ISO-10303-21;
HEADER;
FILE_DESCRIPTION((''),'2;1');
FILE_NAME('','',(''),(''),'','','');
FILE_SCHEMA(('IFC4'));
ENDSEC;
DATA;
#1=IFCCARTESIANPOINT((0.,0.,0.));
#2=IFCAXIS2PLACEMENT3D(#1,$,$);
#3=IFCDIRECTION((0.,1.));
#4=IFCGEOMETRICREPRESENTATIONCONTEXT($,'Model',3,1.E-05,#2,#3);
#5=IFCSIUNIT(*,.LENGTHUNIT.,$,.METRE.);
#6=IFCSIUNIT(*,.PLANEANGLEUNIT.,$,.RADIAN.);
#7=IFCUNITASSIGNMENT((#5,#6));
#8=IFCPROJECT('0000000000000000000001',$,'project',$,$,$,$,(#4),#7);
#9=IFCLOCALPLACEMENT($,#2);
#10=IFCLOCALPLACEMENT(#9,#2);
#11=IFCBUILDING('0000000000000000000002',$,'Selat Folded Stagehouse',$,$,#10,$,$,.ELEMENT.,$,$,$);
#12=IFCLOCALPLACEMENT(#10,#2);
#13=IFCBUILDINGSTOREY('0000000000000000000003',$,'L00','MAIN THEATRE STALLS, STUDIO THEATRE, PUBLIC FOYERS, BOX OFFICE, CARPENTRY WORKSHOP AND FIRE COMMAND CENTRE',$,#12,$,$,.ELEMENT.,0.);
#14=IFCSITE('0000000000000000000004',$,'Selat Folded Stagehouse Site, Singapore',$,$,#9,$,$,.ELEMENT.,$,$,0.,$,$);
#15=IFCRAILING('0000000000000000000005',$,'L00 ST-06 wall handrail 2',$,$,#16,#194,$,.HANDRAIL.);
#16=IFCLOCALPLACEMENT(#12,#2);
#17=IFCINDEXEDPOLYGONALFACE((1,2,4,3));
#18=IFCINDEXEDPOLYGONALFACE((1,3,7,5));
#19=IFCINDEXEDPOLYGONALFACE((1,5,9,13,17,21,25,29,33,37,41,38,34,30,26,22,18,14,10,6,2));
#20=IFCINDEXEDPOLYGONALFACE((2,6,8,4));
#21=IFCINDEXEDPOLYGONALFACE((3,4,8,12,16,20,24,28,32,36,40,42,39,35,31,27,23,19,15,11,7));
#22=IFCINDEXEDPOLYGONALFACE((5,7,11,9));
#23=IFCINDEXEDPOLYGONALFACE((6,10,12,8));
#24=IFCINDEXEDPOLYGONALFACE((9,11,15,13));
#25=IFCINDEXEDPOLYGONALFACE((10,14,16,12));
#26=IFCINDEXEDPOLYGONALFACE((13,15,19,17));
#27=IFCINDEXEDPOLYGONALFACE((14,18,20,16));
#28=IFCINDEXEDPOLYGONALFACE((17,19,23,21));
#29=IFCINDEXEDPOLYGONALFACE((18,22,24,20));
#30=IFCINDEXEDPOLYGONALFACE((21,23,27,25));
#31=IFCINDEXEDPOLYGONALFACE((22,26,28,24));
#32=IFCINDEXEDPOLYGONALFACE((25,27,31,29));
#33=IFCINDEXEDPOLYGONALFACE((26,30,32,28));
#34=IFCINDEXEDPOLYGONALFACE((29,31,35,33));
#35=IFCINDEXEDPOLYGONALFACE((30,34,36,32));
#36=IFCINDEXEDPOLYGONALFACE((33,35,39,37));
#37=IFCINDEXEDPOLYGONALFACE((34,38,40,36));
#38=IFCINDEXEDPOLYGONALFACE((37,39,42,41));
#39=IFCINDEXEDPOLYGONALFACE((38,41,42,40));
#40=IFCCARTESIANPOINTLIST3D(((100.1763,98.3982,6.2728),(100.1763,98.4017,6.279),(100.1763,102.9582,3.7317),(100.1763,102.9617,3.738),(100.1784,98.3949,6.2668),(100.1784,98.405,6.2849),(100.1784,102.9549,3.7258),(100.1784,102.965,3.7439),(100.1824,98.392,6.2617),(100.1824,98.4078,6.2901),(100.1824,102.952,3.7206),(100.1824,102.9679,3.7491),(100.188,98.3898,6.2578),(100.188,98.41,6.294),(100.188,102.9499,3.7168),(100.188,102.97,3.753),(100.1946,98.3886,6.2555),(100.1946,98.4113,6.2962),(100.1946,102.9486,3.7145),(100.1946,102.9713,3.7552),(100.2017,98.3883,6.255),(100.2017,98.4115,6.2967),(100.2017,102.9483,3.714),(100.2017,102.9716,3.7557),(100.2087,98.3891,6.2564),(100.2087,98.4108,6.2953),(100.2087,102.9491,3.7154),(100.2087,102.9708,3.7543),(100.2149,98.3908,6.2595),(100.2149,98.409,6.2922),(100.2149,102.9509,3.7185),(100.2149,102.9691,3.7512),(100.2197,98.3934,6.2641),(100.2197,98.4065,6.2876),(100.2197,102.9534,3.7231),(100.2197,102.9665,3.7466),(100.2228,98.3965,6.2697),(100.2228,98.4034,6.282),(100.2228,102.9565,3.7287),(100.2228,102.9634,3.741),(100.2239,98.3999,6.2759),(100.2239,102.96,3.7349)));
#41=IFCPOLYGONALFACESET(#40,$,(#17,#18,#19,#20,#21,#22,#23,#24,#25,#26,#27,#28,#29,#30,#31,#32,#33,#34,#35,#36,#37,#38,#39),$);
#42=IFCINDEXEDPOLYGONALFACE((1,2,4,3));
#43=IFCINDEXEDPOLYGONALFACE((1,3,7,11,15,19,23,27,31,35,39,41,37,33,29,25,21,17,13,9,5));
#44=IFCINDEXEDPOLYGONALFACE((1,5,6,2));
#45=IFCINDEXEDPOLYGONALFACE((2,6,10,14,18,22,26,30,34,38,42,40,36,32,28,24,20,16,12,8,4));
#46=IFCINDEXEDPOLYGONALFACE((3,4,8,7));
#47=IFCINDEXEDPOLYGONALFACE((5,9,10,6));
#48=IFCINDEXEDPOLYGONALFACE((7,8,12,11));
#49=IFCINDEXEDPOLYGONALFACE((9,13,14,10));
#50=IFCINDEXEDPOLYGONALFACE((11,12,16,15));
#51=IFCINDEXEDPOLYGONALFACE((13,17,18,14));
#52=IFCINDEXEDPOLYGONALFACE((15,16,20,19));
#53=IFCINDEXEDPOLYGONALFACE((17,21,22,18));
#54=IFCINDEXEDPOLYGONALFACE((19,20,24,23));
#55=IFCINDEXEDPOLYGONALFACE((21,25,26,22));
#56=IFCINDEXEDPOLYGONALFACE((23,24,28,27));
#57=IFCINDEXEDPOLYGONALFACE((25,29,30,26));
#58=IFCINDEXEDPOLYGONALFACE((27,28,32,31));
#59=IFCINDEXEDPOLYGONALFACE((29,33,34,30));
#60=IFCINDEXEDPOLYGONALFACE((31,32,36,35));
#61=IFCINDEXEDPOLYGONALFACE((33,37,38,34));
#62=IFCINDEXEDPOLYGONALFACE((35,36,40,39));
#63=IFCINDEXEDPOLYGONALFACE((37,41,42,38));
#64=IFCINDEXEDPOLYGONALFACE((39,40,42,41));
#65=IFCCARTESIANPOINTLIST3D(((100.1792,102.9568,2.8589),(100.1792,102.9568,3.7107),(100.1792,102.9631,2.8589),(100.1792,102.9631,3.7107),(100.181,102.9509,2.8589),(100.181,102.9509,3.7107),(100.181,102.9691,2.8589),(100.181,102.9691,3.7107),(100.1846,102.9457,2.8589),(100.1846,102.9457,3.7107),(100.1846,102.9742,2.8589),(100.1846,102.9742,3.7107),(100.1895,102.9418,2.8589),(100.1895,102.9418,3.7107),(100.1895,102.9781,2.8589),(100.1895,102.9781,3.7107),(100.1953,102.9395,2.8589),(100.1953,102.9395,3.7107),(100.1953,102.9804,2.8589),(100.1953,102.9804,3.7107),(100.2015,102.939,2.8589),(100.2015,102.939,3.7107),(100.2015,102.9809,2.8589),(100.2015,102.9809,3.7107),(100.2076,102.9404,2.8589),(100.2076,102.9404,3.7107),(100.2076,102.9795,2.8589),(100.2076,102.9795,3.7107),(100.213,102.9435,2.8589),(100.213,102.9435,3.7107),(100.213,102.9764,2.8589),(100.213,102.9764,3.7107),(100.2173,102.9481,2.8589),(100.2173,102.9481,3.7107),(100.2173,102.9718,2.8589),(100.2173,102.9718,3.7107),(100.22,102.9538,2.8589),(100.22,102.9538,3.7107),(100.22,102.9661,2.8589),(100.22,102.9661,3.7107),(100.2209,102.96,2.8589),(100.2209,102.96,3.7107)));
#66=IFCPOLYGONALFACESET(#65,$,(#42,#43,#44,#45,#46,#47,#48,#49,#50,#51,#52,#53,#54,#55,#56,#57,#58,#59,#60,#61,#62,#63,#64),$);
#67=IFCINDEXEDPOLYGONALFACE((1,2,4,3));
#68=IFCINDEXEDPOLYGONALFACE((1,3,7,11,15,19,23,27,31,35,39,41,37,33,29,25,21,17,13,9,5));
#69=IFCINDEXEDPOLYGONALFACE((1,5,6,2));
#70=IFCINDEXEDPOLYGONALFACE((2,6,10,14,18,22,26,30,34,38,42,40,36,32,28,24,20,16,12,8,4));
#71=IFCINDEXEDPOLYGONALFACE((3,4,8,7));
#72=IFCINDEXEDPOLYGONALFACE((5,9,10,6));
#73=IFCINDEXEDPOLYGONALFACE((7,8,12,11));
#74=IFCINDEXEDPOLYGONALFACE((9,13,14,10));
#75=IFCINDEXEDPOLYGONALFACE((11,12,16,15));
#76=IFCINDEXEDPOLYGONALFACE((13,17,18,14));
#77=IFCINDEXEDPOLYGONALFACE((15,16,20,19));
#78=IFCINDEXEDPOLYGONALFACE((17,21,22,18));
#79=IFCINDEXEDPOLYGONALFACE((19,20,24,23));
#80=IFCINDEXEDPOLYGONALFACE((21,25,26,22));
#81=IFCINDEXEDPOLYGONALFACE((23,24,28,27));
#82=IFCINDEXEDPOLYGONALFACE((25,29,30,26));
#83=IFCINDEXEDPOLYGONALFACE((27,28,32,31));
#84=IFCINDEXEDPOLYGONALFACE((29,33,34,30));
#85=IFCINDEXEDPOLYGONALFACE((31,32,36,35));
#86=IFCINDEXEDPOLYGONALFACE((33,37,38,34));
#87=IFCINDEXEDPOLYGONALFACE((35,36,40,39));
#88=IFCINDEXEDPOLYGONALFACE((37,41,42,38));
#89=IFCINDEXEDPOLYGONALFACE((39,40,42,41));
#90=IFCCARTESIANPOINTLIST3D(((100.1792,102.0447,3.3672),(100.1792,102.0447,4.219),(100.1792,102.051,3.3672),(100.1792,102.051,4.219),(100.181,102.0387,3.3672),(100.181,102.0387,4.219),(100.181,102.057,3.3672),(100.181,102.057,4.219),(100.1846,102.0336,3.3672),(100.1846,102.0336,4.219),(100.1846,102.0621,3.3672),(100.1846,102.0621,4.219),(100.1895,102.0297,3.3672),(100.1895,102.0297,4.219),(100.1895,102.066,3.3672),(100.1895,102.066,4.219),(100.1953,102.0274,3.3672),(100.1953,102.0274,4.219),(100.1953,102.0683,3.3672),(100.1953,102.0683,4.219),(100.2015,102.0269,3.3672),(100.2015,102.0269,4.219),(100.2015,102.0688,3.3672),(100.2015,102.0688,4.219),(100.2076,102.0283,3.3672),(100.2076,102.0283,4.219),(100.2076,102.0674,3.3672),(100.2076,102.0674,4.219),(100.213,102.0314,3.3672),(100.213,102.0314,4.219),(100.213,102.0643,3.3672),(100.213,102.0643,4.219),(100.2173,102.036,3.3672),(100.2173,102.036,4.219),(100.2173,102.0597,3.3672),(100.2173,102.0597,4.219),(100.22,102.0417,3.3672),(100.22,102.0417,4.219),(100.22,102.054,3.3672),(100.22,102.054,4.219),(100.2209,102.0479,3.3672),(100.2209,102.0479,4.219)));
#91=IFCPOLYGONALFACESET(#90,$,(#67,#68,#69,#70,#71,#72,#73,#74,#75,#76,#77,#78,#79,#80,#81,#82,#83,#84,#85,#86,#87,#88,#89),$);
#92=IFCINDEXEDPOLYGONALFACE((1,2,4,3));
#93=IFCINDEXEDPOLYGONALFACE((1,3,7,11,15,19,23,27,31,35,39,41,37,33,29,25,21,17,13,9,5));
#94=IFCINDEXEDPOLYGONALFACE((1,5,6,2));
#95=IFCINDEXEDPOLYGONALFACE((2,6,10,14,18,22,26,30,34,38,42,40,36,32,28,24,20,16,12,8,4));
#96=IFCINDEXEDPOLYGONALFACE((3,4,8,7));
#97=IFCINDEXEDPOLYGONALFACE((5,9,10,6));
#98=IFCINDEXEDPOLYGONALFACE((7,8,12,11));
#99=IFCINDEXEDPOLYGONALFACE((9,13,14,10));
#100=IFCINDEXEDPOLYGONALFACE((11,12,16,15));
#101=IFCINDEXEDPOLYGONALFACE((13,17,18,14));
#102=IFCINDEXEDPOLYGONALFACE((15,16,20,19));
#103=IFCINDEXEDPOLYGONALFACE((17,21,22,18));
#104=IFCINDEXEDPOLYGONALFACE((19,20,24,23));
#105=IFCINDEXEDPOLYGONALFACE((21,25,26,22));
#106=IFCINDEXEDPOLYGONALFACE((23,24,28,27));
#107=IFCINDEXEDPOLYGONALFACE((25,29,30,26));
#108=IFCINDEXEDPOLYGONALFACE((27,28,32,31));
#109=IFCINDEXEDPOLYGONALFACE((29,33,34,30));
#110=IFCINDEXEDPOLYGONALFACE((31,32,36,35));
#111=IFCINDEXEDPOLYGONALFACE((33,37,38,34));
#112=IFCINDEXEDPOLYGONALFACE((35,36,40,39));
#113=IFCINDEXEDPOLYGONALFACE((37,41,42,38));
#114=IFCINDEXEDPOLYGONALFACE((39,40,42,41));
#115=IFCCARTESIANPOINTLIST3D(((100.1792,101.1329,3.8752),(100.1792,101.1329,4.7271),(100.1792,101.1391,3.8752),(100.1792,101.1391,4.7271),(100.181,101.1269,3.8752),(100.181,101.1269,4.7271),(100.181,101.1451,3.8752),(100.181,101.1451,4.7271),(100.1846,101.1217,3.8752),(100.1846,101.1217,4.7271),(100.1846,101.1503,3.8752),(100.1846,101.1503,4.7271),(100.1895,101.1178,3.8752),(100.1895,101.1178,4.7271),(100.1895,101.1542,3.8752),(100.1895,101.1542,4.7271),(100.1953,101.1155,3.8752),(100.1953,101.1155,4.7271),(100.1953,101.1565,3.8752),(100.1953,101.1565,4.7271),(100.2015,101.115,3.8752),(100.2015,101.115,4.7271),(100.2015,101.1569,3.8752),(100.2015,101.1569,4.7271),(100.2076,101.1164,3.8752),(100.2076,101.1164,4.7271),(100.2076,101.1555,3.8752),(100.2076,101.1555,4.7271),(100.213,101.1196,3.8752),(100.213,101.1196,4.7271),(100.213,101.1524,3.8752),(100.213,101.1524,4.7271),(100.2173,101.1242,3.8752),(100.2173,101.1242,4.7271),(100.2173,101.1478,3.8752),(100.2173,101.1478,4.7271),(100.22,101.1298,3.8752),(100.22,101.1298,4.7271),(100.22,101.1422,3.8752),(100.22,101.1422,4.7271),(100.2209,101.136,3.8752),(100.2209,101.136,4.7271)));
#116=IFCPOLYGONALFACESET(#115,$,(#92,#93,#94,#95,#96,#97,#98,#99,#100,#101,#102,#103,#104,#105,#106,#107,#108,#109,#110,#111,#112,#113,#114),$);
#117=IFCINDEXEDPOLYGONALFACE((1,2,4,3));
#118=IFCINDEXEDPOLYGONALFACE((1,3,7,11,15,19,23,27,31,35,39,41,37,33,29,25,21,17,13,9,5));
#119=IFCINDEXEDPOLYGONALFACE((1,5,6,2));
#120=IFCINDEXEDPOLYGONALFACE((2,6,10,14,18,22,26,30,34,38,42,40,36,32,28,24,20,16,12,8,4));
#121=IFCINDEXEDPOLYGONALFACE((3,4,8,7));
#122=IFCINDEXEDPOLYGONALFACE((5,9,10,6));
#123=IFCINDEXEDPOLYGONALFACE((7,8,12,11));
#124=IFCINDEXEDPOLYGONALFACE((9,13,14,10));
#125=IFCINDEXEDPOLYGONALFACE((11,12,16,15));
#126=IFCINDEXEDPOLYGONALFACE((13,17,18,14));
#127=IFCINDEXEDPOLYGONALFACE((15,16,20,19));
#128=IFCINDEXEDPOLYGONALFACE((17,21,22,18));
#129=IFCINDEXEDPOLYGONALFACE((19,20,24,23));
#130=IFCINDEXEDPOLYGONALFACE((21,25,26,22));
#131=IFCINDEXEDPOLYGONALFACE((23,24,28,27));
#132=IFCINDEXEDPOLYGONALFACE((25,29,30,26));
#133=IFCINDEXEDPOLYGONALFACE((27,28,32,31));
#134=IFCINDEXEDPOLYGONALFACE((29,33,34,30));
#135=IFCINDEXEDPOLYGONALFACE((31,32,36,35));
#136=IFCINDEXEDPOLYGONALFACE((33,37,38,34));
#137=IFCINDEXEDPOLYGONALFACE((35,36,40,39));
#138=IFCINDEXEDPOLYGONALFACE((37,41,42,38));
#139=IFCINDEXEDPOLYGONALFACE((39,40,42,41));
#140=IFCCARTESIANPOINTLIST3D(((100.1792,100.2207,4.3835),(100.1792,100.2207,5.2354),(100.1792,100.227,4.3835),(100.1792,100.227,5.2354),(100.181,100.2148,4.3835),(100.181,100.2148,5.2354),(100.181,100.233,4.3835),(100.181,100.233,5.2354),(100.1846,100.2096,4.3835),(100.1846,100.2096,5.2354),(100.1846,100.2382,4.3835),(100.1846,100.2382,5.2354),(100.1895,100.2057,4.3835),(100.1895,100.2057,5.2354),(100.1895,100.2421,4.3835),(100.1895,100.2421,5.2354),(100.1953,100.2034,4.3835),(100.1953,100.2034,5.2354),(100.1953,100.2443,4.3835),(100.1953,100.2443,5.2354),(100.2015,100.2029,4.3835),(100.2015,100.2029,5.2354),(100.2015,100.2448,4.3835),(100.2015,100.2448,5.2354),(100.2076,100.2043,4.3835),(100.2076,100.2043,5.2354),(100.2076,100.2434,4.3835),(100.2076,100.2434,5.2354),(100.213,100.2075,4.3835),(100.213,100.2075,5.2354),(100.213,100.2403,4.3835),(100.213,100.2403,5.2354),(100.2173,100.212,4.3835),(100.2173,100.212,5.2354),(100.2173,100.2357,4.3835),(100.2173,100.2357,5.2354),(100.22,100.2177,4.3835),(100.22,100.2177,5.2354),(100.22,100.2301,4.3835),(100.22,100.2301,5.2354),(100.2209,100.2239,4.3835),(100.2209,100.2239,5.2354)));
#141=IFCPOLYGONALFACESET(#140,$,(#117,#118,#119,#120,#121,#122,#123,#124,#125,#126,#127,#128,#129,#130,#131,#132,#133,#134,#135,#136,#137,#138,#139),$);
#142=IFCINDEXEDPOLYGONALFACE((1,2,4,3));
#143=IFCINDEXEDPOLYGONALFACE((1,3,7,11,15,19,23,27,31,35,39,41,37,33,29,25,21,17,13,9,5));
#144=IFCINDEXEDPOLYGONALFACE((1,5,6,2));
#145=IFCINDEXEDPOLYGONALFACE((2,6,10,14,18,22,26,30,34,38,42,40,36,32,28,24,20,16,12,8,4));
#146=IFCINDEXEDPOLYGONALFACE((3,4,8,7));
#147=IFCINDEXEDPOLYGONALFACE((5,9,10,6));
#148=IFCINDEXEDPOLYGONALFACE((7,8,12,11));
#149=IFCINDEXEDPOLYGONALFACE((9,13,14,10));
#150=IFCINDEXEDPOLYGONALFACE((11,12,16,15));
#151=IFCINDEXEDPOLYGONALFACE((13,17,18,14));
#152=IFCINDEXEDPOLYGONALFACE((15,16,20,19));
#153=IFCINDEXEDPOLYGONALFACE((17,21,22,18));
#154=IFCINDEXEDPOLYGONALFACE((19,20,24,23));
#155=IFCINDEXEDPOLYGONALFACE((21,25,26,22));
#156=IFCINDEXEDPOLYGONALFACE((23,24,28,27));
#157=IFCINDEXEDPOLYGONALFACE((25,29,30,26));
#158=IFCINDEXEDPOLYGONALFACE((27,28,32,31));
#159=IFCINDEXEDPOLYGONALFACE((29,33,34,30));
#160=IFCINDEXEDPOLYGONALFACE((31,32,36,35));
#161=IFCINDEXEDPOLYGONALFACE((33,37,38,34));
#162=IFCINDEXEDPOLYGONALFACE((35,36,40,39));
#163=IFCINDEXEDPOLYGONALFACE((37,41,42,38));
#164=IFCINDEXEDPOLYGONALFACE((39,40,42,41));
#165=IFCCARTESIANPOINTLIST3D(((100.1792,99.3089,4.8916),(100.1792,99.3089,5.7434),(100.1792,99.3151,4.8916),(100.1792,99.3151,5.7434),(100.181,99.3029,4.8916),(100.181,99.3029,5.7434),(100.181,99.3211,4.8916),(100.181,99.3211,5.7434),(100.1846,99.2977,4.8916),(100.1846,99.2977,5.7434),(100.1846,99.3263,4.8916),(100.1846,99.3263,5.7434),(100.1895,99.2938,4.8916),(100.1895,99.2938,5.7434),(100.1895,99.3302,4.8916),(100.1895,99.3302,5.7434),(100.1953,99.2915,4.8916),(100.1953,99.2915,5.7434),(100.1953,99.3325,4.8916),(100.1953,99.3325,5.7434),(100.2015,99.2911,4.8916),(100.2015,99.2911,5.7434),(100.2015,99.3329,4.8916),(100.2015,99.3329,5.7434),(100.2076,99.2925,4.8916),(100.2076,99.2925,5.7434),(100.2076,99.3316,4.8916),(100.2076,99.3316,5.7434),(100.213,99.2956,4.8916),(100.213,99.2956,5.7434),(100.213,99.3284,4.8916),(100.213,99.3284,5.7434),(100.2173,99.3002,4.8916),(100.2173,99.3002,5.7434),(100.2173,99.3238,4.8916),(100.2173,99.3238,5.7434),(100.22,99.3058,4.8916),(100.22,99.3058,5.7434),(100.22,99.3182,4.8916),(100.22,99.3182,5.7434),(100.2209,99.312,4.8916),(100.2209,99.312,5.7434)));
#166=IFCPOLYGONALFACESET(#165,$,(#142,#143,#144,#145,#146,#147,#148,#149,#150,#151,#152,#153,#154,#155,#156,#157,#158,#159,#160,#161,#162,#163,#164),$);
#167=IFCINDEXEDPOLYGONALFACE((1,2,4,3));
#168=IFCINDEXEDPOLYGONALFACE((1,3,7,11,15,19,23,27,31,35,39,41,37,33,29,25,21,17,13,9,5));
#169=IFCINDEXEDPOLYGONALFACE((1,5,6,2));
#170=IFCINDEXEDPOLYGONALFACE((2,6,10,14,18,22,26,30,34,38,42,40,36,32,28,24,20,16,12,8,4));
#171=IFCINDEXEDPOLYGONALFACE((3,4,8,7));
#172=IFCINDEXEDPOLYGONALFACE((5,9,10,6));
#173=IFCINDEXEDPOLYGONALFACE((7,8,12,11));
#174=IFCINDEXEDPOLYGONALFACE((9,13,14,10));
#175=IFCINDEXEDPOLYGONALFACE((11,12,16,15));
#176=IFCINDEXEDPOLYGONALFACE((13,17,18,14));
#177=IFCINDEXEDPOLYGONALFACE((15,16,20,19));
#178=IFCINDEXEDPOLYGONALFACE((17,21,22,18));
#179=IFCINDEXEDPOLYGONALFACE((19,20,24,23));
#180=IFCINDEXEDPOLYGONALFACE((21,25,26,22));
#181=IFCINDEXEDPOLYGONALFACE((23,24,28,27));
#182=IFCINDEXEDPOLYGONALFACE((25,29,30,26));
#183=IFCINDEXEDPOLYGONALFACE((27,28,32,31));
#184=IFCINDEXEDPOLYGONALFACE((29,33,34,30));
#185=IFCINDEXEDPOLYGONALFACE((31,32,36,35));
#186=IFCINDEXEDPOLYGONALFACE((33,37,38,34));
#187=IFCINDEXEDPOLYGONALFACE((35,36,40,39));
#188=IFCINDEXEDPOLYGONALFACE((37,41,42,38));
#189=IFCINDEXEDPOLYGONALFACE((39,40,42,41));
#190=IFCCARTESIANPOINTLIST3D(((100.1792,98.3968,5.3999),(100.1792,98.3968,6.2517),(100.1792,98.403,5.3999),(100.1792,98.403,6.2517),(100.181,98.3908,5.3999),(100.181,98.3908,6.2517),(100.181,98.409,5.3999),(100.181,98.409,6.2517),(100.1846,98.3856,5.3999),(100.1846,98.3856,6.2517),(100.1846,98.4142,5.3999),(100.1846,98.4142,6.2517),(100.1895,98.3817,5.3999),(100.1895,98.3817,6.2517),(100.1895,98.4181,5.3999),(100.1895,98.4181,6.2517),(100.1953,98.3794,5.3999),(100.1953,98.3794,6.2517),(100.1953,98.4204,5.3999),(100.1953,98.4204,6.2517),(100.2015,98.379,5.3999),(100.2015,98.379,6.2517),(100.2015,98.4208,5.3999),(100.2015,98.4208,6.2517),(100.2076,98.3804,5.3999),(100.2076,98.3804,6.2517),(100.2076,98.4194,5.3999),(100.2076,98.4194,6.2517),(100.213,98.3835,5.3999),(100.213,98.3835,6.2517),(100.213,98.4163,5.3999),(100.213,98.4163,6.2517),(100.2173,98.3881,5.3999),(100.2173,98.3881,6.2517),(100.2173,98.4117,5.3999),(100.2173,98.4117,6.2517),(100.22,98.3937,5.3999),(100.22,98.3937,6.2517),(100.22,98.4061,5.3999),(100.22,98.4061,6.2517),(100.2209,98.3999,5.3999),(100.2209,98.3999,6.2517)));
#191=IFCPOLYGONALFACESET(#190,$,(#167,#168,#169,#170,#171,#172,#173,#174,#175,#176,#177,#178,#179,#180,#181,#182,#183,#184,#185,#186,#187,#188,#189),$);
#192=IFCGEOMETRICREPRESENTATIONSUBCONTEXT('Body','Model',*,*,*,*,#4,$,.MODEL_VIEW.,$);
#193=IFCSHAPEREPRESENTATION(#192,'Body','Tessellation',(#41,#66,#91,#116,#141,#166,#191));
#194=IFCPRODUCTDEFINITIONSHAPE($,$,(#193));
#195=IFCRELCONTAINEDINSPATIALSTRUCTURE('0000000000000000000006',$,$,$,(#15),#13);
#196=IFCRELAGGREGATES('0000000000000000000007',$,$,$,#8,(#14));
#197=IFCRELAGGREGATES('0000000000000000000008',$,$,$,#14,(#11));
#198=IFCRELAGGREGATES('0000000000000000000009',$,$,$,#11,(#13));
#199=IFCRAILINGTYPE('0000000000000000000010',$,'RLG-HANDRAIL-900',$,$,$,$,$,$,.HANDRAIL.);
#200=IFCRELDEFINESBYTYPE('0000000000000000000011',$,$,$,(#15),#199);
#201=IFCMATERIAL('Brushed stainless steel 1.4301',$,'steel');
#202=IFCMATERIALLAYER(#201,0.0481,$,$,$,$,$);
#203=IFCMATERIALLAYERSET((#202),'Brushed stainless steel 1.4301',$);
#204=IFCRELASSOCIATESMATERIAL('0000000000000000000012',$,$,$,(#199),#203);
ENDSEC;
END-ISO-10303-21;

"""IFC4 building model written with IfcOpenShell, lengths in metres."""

from ifc_helpers import new_model, si_unit, direction, frame, origin, origin_2d, place, context, subcontext, project, spatial, circle, extrude, material, layer, layer_set, type_object, element, save


model = new_model("IFC4")

# Units and contexts
model_context = context("Model", 3, precision=1e-05, world=origin(), true_north=direction((0.0, 1.0)))
body_context = subcontext(model_context, "Body", "Model", "MODEL_VIEW")
ifc_project = project(units=[si_unit("LENGTHUNIT", "METRE"), si_unit("PLANEANGLEUNIT", "RADIAN")], contexts=[model_context])

# Site, building, storey
site_placement = place(None, origin())
site = spatial("IfcSite", under=ifc_project, at=site_placement, Name="Selat Folded Stagehouse Site, Singapore", CompositionType="ELEMENT", RefElevation=0.0)
building_placement = place(site_placement, origin())
building = spatial("IfcBuilding", under=site, at=building_placement, Name="Selat Folded Stagehouse", CompositionType="ELEMENT")
storey_placement = place(building_placement, origin())
storey = spatial("IfcBuildingStorey", under=building, at=storey_placement, Name="L00", Description="MAIN THEATRE STALLS, STUDIO THEATRE, PUBLIC FOYERS, BOX OFFICE, CARPENTRY WORKSHOP AND FIRE COMMAND CENTRE", CompositionType="ELEMENT", Elevation=0.0)

# Railing
ifc_material_1 = material(Name="Brushed stainless steel 1.4301", Category="steel")
ifc_layer_1 = layer(ifc_material_1, 0.0481)
ifc_layer_set_1 = layer_set([ifc_layer_1], Name="Brushed stainless steel 1.4301")
railing_type_1 = type_object("IfcRailingType", Name="RLG-HANDRAIL-900", PredefinedType="HANDRAIL", material=ifc_layer_set_1)
railing_1_placement = place(storey_placement, frame((100.2, 102.96, 2.8589)))
element("IfcRailing", 1, at=railing_1_placement, inside=storey, type_object=railing_type_1, Name="L00 ST-06 wall handrail 2", PredefinedType="HANDRAIL", context=body_context, shape_type="SweptSolid", body=[
    extrude(circle(Radius=0.0239, at=origin_2d()), frame((0.0, 0.0, 0.876), z_axis=(0.0, -0.873534, 0.486762), x_axis=(1.0, 0.0, 0.0)), (0.0, 0.0, 1.0), 5.2202),
    extrude(circle(Radius=0.021, at=origin_2d()), origin(), (0.0, 0.0, 1.0), 0.8518),
    extrude(circle(Radius=0.021, at=origin_2d()), frame((0.0, -0.9121, 0.5083)), (0.0, 0.0, 1.0), 0.8518),
    extrude(circle(Radius=0.021, at=origin_2d()), frame((0.0, -1.824, 1.0164)), (0.0, 0.0, 1.0), 0.8518),
    extrude(circle(Radius=0.021, at=origin_2d()), frame((0.0, -2.7361, 1.5247)), (0.0, 0.0, 1.0), 0.8518),
    extrude(circle(Radius=0.021, at=origin_2d()), frame((0.0, -3.6479, 2.0327)), (0.0, 0.0, 1.0), 0.8518),
    extrude(circle(Radius=0.021, at=origin_2d()), frame((0.0, -4.5601, 2.541)), (0.0, 0.0, 1.0), 0.8518),
])

save(model, "model.ifc")
